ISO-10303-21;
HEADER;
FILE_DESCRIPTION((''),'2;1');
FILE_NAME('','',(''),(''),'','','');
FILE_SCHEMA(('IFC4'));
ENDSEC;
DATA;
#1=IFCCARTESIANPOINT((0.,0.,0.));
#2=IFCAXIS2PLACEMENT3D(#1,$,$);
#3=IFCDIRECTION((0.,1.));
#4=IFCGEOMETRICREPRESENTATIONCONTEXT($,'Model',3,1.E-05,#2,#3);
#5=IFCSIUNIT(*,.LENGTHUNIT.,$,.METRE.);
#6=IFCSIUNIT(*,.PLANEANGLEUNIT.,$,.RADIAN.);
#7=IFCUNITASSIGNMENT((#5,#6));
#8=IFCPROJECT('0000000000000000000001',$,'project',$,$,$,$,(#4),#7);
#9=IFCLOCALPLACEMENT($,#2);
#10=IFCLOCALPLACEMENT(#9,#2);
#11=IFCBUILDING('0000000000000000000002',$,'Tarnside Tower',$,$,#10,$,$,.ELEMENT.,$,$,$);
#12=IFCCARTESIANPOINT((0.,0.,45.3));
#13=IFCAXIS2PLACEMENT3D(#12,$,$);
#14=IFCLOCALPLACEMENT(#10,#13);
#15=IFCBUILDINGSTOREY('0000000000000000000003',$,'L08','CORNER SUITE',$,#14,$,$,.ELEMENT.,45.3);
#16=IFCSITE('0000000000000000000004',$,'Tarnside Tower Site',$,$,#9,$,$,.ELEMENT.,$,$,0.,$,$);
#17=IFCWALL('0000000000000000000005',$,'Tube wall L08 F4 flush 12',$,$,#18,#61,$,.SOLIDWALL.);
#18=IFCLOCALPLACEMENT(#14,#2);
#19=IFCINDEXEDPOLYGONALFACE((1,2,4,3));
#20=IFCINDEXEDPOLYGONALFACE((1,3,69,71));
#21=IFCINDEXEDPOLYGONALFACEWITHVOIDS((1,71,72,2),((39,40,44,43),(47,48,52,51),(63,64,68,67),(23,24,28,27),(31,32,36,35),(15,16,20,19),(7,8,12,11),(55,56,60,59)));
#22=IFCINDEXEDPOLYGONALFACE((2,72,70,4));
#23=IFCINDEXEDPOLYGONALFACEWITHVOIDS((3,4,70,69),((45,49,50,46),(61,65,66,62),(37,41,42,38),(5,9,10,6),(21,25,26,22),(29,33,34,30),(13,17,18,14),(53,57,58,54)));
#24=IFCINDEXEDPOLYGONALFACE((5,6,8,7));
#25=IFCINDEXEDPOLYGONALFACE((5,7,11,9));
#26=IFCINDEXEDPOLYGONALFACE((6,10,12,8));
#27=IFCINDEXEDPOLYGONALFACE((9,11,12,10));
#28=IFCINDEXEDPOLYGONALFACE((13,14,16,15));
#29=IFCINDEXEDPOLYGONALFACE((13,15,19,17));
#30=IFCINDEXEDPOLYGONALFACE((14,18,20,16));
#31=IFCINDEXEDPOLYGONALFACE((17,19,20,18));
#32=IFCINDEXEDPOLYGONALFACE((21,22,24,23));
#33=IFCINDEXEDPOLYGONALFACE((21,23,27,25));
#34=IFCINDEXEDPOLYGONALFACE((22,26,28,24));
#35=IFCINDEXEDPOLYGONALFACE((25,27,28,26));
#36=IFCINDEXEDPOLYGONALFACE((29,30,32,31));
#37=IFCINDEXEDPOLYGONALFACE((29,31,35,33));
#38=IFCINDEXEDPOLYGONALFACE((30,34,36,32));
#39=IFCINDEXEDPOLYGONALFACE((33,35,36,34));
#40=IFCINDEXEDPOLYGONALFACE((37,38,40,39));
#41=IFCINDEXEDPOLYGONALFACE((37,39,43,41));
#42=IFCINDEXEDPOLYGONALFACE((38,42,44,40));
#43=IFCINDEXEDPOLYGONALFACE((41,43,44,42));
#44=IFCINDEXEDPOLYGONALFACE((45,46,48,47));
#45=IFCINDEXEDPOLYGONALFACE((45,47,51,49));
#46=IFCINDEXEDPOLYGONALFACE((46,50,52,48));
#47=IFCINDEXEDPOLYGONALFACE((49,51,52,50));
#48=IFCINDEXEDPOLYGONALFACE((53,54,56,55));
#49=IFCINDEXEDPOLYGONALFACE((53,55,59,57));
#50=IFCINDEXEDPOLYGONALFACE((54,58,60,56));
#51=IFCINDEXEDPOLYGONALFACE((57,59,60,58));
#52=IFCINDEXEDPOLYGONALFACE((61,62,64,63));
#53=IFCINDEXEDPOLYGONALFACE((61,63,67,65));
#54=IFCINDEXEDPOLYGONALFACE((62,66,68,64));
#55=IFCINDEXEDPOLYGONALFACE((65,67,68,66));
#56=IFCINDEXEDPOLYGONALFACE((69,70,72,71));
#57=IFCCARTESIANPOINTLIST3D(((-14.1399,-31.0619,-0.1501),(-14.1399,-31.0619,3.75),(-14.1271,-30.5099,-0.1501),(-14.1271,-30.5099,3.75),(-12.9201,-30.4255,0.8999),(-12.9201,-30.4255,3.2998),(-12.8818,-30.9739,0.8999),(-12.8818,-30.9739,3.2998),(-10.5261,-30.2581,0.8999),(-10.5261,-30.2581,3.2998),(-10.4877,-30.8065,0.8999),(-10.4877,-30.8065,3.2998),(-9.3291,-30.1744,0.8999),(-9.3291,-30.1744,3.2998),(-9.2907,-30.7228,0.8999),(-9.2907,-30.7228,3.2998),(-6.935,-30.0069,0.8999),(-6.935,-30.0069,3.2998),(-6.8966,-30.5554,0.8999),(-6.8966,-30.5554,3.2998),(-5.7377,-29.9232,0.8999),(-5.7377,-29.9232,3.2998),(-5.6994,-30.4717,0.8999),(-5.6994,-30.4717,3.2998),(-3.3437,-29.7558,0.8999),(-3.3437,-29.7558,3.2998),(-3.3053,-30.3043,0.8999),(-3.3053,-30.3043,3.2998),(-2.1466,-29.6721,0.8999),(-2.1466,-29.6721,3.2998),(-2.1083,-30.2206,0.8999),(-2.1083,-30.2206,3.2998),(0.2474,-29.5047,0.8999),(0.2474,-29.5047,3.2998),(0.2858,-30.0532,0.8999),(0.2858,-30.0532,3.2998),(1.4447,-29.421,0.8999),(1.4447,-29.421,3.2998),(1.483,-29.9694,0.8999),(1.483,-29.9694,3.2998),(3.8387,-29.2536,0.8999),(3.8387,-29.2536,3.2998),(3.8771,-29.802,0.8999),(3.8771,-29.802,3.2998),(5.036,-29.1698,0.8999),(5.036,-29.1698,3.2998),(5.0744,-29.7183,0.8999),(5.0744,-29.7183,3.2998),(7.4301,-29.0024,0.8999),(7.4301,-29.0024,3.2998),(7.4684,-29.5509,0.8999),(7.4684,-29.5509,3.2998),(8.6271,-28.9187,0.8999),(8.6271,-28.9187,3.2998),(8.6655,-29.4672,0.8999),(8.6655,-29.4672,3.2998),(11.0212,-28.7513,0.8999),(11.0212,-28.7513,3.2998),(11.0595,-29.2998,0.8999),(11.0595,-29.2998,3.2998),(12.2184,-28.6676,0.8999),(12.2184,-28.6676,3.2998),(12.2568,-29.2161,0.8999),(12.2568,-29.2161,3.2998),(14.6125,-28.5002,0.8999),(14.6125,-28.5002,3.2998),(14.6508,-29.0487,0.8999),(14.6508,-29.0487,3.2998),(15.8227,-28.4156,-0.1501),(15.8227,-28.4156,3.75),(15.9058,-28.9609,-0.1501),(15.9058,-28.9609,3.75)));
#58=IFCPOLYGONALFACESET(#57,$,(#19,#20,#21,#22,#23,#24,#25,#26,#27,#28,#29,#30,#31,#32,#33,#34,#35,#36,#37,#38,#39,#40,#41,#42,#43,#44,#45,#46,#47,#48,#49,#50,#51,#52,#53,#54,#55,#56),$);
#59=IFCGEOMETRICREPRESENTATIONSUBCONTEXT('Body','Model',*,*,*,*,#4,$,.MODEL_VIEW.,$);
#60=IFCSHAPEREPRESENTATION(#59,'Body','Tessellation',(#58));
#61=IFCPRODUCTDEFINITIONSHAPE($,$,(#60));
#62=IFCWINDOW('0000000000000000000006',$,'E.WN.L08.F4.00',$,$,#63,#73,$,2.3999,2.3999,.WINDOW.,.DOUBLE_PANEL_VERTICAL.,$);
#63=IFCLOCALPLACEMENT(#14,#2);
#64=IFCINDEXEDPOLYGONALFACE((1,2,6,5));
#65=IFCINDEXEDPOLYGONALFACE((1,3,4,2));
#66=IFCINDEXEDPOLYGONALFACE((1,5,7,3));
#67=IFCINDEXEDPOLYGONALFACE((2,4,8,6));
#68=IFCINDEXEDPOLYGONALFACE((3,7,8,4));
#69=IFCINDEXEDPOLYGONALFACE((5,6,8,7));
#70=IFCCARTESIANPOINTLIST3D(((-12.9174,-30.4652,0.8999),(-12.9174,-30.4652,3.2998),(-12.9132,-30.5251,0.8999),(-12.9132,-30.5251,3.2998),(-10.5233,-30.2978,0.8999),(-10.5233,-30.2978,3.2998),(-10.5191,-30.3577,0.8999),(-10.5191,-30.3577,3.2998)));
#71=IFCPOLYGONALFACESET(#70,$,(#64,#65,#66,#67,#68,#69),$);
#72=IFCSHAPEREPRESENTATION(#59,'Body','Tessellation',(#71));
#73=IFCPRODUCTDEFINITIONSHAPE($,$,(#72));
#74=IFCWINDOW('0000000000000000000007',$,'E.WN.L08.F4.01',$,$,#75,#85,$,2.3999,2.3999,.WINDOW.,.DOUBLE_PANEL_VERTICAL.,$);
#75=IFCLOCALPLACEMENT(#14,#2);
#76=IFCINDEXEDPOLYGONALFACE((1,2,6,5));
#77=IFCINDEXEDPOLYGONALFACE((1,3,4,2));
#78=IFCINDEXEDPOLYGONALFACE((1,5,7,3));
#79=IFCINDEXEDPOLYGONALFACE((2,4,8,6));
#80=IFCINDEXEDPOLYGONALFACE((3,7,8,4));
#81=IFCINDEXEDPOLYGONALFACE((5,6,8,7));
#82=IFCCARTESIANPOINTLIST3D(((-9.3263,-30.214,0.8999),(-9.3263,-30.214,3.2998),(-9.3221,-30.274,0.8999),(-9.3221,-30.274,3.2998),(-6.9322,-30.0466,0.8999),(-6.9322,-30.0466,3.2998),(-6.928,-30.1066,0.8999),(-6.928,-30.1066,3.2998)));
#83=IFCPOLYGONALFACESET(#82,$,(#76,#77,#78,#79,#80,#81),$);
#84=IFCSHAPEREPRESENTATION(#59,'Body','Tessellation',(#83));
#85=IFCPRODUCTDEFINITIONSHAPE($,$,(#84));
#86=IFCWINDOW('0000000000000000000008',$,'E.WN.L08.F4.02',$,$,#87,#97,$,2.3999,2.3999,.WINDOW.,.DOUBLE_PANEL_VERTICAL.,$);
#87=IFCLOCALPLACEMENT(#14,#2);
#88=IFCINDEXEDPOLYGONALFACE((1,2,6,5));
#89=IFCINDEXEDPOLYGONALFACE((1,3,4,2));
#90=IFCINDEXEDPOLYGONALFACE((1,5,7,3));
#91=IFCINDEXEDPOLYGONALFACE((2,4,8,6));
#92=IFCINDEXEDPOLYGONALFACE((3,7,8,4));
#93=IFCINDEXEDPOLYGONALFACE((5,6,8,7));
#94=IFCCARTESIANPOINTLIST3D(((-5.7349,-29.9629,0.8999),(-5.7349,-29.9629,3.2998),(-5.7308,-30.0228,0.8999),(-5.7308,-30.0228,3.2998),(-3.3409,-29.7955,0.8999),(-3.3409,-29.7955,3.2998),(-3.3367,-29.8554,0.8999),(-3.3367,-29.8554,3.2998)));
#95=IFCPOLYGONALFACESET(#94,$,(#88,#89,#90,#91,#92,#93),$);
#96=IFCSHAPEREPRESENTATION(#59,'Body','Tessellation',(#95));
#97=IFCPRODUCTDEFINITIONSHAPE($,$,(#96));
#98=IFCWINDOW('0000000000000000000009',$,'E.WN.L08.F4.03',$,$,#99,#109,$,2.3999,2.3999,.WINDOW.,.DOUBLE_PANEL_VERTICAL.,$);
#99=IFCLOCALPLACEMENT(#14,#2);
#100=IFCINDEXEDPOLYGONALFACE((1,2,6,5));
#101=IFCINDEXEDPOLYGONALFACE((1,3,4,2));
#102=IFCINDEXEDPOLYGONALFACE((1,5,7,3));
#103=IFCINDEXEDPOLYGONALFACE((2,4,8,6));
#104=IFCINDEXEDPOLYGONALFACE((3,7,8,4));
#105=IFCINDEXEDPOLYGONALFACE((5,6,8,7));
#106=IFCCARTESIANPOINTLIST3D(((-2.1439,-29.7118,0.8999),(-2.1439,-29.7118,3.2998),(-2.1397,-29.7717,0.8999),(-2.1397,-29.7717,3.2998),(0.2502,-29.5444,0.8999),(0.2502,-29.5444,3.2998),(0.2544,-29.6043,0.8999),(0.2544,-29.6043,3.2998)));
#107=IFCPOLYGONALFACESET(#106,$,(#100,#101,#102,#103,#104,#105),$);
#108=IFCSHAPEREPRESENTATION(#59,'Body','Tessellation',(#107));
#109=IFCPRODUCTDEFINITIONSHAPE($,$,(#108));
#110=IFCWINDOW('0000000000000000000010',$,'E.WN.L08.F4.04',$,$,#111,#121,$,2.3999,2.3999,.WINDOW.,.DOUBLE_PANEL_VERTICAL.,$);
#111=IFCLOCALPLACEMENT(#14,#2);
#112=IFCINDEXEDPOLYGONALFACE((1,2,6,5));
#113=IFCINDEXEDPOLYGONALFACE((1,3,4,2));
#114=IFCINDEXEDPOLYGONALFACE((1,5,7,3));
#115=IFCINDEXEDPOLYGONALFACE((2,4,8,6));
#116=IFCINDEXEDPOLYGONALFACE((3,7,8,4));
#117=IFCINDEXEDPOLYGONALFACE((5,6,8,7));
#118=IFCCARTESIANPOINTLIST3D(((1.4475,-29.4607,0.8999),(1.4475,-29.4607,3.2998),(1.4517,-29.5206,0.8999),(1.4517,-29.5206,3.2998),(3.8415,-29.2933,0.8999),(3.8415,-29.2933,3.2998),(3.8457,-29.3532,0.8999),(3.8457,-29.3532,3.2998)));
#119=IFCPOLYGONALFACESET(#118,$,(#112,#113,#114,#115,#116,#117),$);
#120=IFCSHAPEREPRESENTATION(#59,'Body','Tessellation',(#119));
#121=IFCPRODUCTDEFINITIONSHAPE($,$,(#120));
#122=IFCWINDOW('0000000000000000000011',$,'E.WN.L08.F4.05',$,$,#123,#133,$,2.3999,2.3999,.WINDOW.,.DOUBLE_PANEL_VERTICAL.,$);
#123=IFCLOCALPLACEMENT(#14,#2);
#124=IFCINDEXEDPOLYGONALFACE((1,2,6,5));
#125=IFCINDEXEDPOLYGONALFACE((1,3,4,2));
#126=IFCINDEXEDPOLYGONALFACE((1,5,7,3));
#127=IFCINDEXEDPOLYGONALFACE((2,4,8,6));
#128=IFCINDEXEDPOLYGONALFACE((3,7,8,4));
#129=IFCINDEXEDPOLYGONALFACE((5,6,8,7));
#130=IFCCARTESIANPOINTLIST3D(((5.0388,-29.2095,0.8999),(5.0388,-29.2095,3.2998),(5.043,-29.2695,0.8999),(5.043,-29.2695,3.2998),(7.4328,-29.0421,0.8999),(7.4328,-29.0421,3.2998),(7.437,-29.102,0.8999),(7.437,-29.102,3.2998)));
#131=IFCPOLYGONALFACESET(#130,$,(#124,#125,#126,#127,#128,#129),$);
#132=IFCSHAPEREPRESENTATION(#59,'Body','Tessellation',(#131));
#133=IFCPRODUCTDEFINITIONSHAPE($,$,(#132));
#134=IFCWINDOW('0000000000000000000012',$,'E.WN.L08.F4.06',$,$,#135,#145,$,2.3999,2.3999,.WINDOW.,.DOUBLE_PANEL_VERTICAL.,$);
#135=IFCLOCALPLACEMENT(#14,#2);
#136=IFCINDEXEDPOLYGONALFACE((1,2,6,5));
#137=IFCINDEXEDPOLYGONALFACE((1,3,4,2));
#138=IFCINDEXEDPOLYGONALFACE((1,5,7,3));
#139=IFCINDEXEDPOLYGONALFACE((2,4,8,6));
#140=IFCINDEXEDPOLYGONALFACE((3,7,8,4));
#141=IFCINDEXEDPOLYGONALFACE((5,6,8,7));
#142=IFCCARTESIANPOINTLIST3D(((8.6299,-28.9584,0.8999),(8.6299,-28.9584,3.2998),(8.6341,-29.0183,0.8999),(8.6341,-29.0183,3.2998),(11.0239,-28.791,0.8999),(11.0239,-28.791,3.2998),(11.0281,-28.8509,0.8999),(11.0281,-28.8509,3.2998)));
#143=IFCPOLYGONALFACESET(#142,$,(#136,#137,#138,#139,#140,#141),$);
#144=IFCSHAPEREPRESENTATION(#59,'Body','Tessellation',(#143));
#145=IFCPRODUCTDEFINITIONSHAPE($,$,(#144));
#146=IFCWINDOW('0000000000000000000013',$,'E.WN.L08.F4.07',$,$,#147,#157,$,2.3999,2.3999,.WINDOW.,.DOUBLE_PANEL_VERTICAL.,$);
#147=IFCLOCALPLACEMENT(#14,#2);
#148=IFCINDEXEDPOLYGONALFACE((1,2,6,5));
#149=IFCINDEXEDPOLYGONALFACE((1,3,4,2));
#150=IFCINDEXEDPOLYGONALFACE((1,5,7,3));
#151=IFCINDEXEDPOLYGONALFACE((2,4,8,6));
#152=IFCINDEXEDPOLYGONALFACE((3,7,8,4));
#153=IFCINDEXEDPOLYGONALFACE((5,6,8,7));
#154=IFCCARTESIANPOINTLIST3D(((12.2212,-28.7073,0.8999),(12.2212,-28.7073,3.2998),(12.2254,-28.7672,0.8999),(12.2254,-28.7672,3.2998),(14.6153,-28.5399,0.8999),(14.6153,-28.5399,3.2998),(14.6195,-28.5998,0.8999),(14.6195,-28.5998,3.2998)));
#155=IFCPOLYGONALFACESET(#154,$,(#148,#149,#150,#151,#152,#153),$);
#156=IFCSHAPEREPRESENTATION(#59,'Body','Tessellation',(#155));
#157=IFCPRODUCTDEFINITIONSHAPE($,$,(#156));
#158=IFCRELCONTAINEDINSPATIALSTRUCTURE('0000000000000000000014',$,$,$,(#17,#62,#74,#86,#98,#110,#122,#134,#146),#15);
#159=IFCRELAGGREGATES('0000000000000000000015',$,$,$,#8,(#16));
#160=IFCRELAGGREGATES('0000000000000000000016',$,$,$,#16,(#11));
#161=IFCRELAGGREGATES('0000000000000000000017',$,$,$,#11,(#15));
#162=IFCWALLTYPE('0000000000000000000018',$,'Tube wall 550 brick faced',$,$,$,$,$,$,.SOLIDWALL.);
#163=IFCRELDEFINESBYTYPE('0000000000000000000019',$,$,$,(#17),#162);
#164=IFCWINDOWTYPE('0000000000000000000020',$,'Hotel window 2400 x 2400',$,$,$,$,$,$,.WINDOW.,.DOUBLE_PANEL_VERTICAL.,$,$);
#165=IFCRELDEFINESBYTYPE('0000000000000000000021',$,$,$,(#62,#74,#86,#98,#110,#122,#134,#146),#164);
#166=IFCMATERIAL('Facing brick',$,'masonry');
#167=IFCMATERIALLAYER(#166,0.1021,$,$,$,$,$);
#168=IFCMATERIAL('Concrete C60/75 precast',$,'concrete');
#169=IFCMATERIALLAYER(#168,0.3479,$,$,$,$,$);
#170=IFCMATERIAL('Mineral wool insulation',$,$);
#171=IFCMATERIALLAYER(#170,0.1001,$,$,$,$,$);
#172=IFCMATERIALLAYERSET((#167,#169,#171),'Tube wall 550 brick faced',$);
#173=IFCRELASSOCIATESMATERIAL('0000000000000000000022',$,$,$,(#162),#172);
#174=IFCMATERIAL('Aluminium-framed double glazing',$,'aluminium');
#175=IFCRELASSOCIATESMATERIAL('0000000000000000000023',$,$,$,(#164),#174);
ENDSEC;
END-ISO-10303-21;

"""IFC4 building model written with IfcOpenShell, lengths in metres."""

from ifc_helpers import new_model, si_unit, direction, frame, frame_2d, origin, place, context, subcontext, project, spatial, polyline, rectangle, outline, extrude, material, layer, layer_set, type_object, element, fill, save


model = new_model("IFC4")

# Units and contexts
model_context = context("Model", 3, precision=1e-05, world=origin(), true_north=direction((0.0, 1.0)))
body_context = subcontext(model_context, "Body", "Model", "MODEL_VIEW")
ifc_project = project(units=[si_unit("LENGTHUNIT", "METRE"), si_unit("PLANEANGLEUNIT", "RADIAN")], contexts=[model_context])

# Site, building, storey
site_placement = place(None, origin())
site = spatial("IfcSite", under=ifc_project, at=site_placement, Name="Tarnside Tower Site", CompositionType="ELEMENT", RefElevation=0.0)
building_placement = place(site_placement, origin())
building = spatial("IfcBuilding", under=site, at=building_placement, Name="Tarnside Tower", CompositionType="ELEMENT")
storey_placement = place(building_placement, frame((0.0, 0.0, 45.3)))
storey = spatial("IfcBuildingStorey", under=building, at=storey_placement, Name="L08", Description="CORNER SUITE", CompositionType="ELEMENT", Elevation=45.3)

# Shared definitions
ifc_material_1 = material(Name="Facing brick", Category="masonry")
ifc_layer_1 = layer(ifc_material_1, 0.1021)
ifc_material_2 = material(Name="Concrete C60/75 precast", Category="concrete")
ifc_layer_2 = layer(ifc_material_2, 0.3479)
ifc_material_3 = material(Name="Mineral wool insulation")
ifc_layer_3 = layer(ifc_material_3, 0.1001)
ifc_layer_set_1 = layer_set([ifc_layer_1, ifc_layer_2, ifc_layer_3], Name="Tube wall 550 brick faced")
wall_type_1 = type_object("IfcWallType", Name="Tube wall 550 brick faced", PredefinedType="SOLIDWALL", material=ifc_layer_set_1)

# Wall, openings, windows
wall_1_placement = place(storey_placement, frame((-14.1335, -30.7859, -0.1501), z_axis=(0.0, 0.0, 1.0), x_axis=(0.997564, 0.069757, 0.0)))
wall_1 = element("IfcWall", 1, at=wall_1_placement, inside=storey, type_object=wall_type_1, Name="Tube wall L08 F4 flush 12", PredefinedType="SOLIDWALL", context=body_context, shape_type="SweptSolid", body=[
    extrude(outline(polyline([(-0.0256, -0.2749), (30.0935, -0.2749), (30.0486, 0.2749), (0.0256, 0.2749), (-0.0256, -0.2749)])), origin(), (0.0, 0.0, 1.0), 3.9001),
])
opening_1_placement = place(wall_1_placement, frame((1.2356, 0.0, 1.05)))
opening_1 = element("IfcOpeningElement", 2, at=opening_1_placement, cuts=wall_1, PredefinedType="OPENING", context=body_context, shape_type="SweptSolid", body=[
    extrude(rectangle(XDim=2.3999, YDim=2.3999, at=frame_2d((1.2, 1.2))), frame((0.0, 0.2852, 0.0), z_axis=(0.0, -1.0, 0.0), x_axis=(1.0, 0.0, 0.0)), (0.0, 0.0, 1.0), 0.5701),
])
opening_2_placement = place(wall_1_placement, frame((4.8354, 0.0, 1.05)))
opening_2 = element("IfcOpeningElement", 3, at=opening_2_placement, cuts=wall_1, PredefinedType="OPENING", context=body_context, shape_type="SweptSolid", body=[
    extrude(rectangle(XDim=2.3999, YDim=2.3999, at=frame_2d((1.2, 1.2))), frame((0.0, 0.2852, 0.0), z_axis=(0.0, -1.0, 0.0), x_axis=(1.0, 0.0, 0.0)), (0.0, 0.0, 1.0), 0.5701),
])
opening_3_placement = place(wall_1_placement, frame((8.4355, 0.0, 1.05)))
opening_3 = element("IfcOpeningElement", 4, at=opening_3_placement, cuts=wall_1, PredefinedType="OPENING", context=body_context, shape_type="SweptSolid", body=[
    extrude(rectangle(XDim=2.3999, YDim=2.3999, at=frame_2d((1.2, 1.2))), frame((0.0, 0.2852, 0.0), z_axis=(0.0, -1.0, 0.0), x_axis=(1.0, 0.0, 0.0)), (0.0, 0.0, 1.0), 0.5701),
])
opening_4_placement = place(wall_1_placement, frame((12.0354, 0.0, 1.05)))
opening_4 = element("IfcOpeningElement", 5, at=opening_4_placement, cuts=wall_1, PredefinedType="OPENING", context=body_context, shape_type="SweptSolid", body=[
    extrude(rectangle(XDim=2.3999, YDim=2.3999, at=frame_2d((1.2, 1.2))), frame((0.0, 0.2852, 0.0), z_axis=(0.0, -1.0, 0.0), x_axis=(1.0, 0.0, 0.0)), (0.0, 0.0, 1.0), 0.5701),
])
opening_5_placement = place(wall_1_placement, frame((15.6355, 0.0, 1.05)))
opening_5 = element("IfcOpeningElement", 6, at=opening_5_placement, cuts=wall_1, PredefinedType="OPENING", context=body_context, shape_type="SweptSolid", body=[
    extrude(rectangle(XDim=2.3999, YDim=2.3999, at=frame_2d((1.2, 1.2))), frame((0.0, 0.2852, 0.0), z_axis=(0.0, -1.0, 0.0), x_axis=(1.0, 0.0, 0.0)), (0.0, 0.0, 1.0), 0.5701),
])
opening_6_placement = place(wall_1_placement, frame((19.2356, 0.0, 1.05)))
opening_6 = element("IfcOpeningElement", 7, at=opening_6_placement, cuts=wall_1, PredefinedType="OPENING", context=body_context, shape_type="SweptSolid", body=[
    extrude(rectangle(XDim=2.3999, YDim=2.3999, at=frame_2d((1.2, 1.2))), frame((0.0, 0.2852, 0.0), z_axis=(0.0, -1.0, 0.0), x_axis=(1.0, 0.0, 0.0)), (0.0, 0.0, 1.0), 0.5701),
])
opening_7_placement = place(wall_1_placement, frame((22.8354, 0.0, 1.05)))
opening_7 = element("IfcOpeningElement", 8, at=opening_7_placement, cuts=wall_1, PredefinedType="OPENING", context=body_context, shape_type="SweptSolid", body=[
    extrude(rectangle(XDim=2.3999, YDim=2.3999, at=frame_2d((1.2, 1.2))), frame((0.0, 0.2852, 0.0), z_axis=(0.0, -1.0, 0.0), x_axis=(1.0, 0.0, 0.0)), (0.0, 0.0, 1.0), 0.5701),
])
opening_8_placement = place(wall_1_placement, frame((26.4355, 0.0, 1.05)))
opening_8 = element("IfcOpeningElement", 9, at=opening_8_placement, cuts=wall_1, PredefinedType="OPENING", context=body_context, shape_type="SweptSolid", body=[
    extrude(rectangle(XDim=2.3999, YDim=2.3999, at=frame_2d((1.2, 1.2))), frame((0.0, 0.2852, 0.0), z_axis=(0.0, -1.0, 0.0), x_axis=(1.0, 0.0, 0.0)), (0.0, 0.0, 1.0), 0.5701),
])
ifc_material_4 = material(Name="Aluminium-framed double glazing", Category="aluminium")
window_type = type_object("IfcWindowType", Name="Hotel window 2400 x 2400", PartitioningType="DOUBLE_PANEL_VERTICAL", PredefinedType="WINDOW", material=ifc_material_4)
window_1_placement = place(opening_1_placement, frame((0.0, 0.2051, 0.0)))
window_1 = element("IfcWindow", 10, at=window_1_placement, inside=storey, type_object=window_type, Name="E.WN.L08.F4.00", OverallHeight=2.3999, OverallWidth=2.3999, PartitioningType="DOUBLE_PANEL_VERTICAL", PredefinedType="WINDOW", context=body_context, shape_type="SweptSolid", body=[
    extrude(rectangle(XDim=2.3999, YDim=2.3999, at=frame_2d((1.2, 1.2))), frame((0.0, 0.03, 0.0), z_axis=(0.0, -1.0, 0.0), x_axis=(1.0, 0.0, 0.0)), (0.0, 0.0, 1.0), 0.0601),
])
fill(opening_1, window_1)
window_2_placement = place(opening_2_placement, frame((0.0, 0.2051, 0.0)))
window_2 = element("IfcWindow", 11, at=window_2_placement, inside=storey, type_object=window_type, Name="E.WN.L08.F4.01", OverallHeight=2.3999, OverallWidth=2.3999, PartitioningType="DOUBLE_PANEL_VERTICAL", PredefinedType="WINDOW", context=body_context, shape_type="SweptSolid", body=[
    extrude(rectangle(XDim=2.3999, YDim=2.3999, at=frame_2d((1.2, 1.2))), frame((0.0, 0.03, 0.0), z_axis=(0.0, -1.0, 0.0), x_axis=(1.0, 0.0, 0.0)), (0.0, 0.0, 1.0), 0.0601),
])
fill(opening_2, window_2)
window_3_placement = place(opening_3_placement, frame((0.0, 0.2051, 0.0)))
window_3 = element("IfcWindow", 12, at=window_3_placement, inside=storey, type_object=window_type, Name="E.WN.L08.F4.02", OverallHeight=2.3999, OverallWidth=2.3999, PartitioningType="DOUBLE_PANEL_VERTICAL", PredefinedType="WINDOW", context=body_context, shape_type="SweptSolid", body=[
    extrude(rectangle(XDim=2.3999, YDim=2.3999, at=frame_2d((1.2, 1.2))), frame((0.0, 0.03, 0.0), z_axis=(0.0, -1.0, 0.0), x_axis=(1.0, 0.0, 0.0)), (0.0, 0.0, 1.0), 0.0601),
])
fill(opening_3, window_3)
window_4_placement = place(opening_4_placement, frame((0.0, 0.2051, 0.0)))
window_4 = element("IfcWindow", 13, at=window_4_placement, inside=storey, type_object=window_type, Name="E.WN.L08.F4.03", OverallHeight=2.3999, OverallWidth=2.3999, PartitioningType="DOUBLE_PANEL_VERTICAL", PredefinedType="WINDOW", context=body_context, shape_type="SweptSolid", body=[
    extrude(rectangle(XDim=2.3999, YDim=2.3999, at=frame_2d((1.2, 1.2))), frame((0.0, 0.03, 0.0), z_axis=(0.0, -1.0, 0.0), x_axis=(1.0, 0.0, 0.0)), (0.0, 0.0, 1.0), 0.0601),
])
fill(opening_4, window_4)
window_5_placement = place(opening_5_placement, frame((0.0, 0.2051, 0.0)))
window_5 = element("IfcWindow", 14, at=window_5_placement, inside=storey, type_object=window_type, Name="E.WN.L08.F4.04", OverallHeight=2.3999, OverallWidth=2.3999, PartitioningType="DOUBLE_PANEL_VERTICAL", PredefinedType="WINDOW", context=body_context, shape_type="SweptSolid", body=[
    extrude(rectangle(XDim=2.3999, YDim=2.3999, at=frame_2d((1.2, 1.2))), frame((0.0, 0.03, 0.0), z_axis=(0.0, -1.0, 0.0), x_axis=(1.0, 0.0, 0.0)), (0.0, 0.0, 1.0), 0.0601),
])
fill(opening_5, window_5)
window_6_placement = place(opening_6_placement, frame((0.0, 0.2051, 0.0)))
window_6 = element("IfcWindow", 15, at=window_6_placement, inside=storey, type_object=window_type, Name="E.WN.L08.F4.05", OverallHeight=2.3999, OverallWidth=2.3999, PartitioningType="DOUBLE_PANEL_VERTICAL", PredefinedType="WINDOW", context=body_context, shape_type="SweptSolid", body=[
    extrude(rectangle(XDim=2.3999, YDim=2.3999, at=frame_2d((1.2, 1.2))), frame((0.0, 0.03, 0.0), z_axis=(0.0, -1.0, 0.0), x_axis=(1.0, 0.0, 0.0)), (0.0, 0.0, 1.0), 0.0601),
])
fill(opening_6, window_6)
window_7_placement = place(opening_7_placement, frame((0.0, 0.2051, 0.0)))
window_7 = element("IfcWindow", 16, at=window_7_placement, inside=storey, type_object=window_type, Name="E.WN.L08.F4.06", OverallHeight=2.3999, OverallWidth=2.3999, PartitioningType="DOUBLE_PANEL_VERTICAL", PredefinedType="WINDOW", context=body_context, shape_type="SweptSolid", body=[
    extrude(rectangle(XDim=2.3999, YDim=2.3999, at=frame_2d((1.2, 1.2))), frame((0.0, 0.03, 0.0), z_axis=(0.0, -1.0, 0.0), x_axis=(1.0, 0.0, 0.0)), (0.0, 0.0, 1.0), 0.0601),
])
fill(opening_7, window_7)
window_8_placement = place(opening_8_placement, frame((0.0, 0.2051, 0.0)))
window_8 = element("IfcWindow", 17, at=window_8_placement, inside=storey, type_object=window_type, Name="E.WN.L08.F4.07", OverallHeight=2.3999, OverallWidth=2.3999, PartitioningType="DOUBLE_PANEL_VERTICAL", PredefinedType="WINDOW", context=body_context, shape_type="SweptSolid", body=[
    extrude(rectangle(XDim=2.3999, YDim=2.3999, at=frame_2d((1.2, 1.2))), frame((0.0, 0.03, 0.0), z_axis=(0.0, -1.0, 0.0), x_axis=(1.0, 0.0, 0.0)), (0.0, 0.0, 1.0), 0.0601),
])
fill(opening_8, window_8)

save(model, "model.ifc")
